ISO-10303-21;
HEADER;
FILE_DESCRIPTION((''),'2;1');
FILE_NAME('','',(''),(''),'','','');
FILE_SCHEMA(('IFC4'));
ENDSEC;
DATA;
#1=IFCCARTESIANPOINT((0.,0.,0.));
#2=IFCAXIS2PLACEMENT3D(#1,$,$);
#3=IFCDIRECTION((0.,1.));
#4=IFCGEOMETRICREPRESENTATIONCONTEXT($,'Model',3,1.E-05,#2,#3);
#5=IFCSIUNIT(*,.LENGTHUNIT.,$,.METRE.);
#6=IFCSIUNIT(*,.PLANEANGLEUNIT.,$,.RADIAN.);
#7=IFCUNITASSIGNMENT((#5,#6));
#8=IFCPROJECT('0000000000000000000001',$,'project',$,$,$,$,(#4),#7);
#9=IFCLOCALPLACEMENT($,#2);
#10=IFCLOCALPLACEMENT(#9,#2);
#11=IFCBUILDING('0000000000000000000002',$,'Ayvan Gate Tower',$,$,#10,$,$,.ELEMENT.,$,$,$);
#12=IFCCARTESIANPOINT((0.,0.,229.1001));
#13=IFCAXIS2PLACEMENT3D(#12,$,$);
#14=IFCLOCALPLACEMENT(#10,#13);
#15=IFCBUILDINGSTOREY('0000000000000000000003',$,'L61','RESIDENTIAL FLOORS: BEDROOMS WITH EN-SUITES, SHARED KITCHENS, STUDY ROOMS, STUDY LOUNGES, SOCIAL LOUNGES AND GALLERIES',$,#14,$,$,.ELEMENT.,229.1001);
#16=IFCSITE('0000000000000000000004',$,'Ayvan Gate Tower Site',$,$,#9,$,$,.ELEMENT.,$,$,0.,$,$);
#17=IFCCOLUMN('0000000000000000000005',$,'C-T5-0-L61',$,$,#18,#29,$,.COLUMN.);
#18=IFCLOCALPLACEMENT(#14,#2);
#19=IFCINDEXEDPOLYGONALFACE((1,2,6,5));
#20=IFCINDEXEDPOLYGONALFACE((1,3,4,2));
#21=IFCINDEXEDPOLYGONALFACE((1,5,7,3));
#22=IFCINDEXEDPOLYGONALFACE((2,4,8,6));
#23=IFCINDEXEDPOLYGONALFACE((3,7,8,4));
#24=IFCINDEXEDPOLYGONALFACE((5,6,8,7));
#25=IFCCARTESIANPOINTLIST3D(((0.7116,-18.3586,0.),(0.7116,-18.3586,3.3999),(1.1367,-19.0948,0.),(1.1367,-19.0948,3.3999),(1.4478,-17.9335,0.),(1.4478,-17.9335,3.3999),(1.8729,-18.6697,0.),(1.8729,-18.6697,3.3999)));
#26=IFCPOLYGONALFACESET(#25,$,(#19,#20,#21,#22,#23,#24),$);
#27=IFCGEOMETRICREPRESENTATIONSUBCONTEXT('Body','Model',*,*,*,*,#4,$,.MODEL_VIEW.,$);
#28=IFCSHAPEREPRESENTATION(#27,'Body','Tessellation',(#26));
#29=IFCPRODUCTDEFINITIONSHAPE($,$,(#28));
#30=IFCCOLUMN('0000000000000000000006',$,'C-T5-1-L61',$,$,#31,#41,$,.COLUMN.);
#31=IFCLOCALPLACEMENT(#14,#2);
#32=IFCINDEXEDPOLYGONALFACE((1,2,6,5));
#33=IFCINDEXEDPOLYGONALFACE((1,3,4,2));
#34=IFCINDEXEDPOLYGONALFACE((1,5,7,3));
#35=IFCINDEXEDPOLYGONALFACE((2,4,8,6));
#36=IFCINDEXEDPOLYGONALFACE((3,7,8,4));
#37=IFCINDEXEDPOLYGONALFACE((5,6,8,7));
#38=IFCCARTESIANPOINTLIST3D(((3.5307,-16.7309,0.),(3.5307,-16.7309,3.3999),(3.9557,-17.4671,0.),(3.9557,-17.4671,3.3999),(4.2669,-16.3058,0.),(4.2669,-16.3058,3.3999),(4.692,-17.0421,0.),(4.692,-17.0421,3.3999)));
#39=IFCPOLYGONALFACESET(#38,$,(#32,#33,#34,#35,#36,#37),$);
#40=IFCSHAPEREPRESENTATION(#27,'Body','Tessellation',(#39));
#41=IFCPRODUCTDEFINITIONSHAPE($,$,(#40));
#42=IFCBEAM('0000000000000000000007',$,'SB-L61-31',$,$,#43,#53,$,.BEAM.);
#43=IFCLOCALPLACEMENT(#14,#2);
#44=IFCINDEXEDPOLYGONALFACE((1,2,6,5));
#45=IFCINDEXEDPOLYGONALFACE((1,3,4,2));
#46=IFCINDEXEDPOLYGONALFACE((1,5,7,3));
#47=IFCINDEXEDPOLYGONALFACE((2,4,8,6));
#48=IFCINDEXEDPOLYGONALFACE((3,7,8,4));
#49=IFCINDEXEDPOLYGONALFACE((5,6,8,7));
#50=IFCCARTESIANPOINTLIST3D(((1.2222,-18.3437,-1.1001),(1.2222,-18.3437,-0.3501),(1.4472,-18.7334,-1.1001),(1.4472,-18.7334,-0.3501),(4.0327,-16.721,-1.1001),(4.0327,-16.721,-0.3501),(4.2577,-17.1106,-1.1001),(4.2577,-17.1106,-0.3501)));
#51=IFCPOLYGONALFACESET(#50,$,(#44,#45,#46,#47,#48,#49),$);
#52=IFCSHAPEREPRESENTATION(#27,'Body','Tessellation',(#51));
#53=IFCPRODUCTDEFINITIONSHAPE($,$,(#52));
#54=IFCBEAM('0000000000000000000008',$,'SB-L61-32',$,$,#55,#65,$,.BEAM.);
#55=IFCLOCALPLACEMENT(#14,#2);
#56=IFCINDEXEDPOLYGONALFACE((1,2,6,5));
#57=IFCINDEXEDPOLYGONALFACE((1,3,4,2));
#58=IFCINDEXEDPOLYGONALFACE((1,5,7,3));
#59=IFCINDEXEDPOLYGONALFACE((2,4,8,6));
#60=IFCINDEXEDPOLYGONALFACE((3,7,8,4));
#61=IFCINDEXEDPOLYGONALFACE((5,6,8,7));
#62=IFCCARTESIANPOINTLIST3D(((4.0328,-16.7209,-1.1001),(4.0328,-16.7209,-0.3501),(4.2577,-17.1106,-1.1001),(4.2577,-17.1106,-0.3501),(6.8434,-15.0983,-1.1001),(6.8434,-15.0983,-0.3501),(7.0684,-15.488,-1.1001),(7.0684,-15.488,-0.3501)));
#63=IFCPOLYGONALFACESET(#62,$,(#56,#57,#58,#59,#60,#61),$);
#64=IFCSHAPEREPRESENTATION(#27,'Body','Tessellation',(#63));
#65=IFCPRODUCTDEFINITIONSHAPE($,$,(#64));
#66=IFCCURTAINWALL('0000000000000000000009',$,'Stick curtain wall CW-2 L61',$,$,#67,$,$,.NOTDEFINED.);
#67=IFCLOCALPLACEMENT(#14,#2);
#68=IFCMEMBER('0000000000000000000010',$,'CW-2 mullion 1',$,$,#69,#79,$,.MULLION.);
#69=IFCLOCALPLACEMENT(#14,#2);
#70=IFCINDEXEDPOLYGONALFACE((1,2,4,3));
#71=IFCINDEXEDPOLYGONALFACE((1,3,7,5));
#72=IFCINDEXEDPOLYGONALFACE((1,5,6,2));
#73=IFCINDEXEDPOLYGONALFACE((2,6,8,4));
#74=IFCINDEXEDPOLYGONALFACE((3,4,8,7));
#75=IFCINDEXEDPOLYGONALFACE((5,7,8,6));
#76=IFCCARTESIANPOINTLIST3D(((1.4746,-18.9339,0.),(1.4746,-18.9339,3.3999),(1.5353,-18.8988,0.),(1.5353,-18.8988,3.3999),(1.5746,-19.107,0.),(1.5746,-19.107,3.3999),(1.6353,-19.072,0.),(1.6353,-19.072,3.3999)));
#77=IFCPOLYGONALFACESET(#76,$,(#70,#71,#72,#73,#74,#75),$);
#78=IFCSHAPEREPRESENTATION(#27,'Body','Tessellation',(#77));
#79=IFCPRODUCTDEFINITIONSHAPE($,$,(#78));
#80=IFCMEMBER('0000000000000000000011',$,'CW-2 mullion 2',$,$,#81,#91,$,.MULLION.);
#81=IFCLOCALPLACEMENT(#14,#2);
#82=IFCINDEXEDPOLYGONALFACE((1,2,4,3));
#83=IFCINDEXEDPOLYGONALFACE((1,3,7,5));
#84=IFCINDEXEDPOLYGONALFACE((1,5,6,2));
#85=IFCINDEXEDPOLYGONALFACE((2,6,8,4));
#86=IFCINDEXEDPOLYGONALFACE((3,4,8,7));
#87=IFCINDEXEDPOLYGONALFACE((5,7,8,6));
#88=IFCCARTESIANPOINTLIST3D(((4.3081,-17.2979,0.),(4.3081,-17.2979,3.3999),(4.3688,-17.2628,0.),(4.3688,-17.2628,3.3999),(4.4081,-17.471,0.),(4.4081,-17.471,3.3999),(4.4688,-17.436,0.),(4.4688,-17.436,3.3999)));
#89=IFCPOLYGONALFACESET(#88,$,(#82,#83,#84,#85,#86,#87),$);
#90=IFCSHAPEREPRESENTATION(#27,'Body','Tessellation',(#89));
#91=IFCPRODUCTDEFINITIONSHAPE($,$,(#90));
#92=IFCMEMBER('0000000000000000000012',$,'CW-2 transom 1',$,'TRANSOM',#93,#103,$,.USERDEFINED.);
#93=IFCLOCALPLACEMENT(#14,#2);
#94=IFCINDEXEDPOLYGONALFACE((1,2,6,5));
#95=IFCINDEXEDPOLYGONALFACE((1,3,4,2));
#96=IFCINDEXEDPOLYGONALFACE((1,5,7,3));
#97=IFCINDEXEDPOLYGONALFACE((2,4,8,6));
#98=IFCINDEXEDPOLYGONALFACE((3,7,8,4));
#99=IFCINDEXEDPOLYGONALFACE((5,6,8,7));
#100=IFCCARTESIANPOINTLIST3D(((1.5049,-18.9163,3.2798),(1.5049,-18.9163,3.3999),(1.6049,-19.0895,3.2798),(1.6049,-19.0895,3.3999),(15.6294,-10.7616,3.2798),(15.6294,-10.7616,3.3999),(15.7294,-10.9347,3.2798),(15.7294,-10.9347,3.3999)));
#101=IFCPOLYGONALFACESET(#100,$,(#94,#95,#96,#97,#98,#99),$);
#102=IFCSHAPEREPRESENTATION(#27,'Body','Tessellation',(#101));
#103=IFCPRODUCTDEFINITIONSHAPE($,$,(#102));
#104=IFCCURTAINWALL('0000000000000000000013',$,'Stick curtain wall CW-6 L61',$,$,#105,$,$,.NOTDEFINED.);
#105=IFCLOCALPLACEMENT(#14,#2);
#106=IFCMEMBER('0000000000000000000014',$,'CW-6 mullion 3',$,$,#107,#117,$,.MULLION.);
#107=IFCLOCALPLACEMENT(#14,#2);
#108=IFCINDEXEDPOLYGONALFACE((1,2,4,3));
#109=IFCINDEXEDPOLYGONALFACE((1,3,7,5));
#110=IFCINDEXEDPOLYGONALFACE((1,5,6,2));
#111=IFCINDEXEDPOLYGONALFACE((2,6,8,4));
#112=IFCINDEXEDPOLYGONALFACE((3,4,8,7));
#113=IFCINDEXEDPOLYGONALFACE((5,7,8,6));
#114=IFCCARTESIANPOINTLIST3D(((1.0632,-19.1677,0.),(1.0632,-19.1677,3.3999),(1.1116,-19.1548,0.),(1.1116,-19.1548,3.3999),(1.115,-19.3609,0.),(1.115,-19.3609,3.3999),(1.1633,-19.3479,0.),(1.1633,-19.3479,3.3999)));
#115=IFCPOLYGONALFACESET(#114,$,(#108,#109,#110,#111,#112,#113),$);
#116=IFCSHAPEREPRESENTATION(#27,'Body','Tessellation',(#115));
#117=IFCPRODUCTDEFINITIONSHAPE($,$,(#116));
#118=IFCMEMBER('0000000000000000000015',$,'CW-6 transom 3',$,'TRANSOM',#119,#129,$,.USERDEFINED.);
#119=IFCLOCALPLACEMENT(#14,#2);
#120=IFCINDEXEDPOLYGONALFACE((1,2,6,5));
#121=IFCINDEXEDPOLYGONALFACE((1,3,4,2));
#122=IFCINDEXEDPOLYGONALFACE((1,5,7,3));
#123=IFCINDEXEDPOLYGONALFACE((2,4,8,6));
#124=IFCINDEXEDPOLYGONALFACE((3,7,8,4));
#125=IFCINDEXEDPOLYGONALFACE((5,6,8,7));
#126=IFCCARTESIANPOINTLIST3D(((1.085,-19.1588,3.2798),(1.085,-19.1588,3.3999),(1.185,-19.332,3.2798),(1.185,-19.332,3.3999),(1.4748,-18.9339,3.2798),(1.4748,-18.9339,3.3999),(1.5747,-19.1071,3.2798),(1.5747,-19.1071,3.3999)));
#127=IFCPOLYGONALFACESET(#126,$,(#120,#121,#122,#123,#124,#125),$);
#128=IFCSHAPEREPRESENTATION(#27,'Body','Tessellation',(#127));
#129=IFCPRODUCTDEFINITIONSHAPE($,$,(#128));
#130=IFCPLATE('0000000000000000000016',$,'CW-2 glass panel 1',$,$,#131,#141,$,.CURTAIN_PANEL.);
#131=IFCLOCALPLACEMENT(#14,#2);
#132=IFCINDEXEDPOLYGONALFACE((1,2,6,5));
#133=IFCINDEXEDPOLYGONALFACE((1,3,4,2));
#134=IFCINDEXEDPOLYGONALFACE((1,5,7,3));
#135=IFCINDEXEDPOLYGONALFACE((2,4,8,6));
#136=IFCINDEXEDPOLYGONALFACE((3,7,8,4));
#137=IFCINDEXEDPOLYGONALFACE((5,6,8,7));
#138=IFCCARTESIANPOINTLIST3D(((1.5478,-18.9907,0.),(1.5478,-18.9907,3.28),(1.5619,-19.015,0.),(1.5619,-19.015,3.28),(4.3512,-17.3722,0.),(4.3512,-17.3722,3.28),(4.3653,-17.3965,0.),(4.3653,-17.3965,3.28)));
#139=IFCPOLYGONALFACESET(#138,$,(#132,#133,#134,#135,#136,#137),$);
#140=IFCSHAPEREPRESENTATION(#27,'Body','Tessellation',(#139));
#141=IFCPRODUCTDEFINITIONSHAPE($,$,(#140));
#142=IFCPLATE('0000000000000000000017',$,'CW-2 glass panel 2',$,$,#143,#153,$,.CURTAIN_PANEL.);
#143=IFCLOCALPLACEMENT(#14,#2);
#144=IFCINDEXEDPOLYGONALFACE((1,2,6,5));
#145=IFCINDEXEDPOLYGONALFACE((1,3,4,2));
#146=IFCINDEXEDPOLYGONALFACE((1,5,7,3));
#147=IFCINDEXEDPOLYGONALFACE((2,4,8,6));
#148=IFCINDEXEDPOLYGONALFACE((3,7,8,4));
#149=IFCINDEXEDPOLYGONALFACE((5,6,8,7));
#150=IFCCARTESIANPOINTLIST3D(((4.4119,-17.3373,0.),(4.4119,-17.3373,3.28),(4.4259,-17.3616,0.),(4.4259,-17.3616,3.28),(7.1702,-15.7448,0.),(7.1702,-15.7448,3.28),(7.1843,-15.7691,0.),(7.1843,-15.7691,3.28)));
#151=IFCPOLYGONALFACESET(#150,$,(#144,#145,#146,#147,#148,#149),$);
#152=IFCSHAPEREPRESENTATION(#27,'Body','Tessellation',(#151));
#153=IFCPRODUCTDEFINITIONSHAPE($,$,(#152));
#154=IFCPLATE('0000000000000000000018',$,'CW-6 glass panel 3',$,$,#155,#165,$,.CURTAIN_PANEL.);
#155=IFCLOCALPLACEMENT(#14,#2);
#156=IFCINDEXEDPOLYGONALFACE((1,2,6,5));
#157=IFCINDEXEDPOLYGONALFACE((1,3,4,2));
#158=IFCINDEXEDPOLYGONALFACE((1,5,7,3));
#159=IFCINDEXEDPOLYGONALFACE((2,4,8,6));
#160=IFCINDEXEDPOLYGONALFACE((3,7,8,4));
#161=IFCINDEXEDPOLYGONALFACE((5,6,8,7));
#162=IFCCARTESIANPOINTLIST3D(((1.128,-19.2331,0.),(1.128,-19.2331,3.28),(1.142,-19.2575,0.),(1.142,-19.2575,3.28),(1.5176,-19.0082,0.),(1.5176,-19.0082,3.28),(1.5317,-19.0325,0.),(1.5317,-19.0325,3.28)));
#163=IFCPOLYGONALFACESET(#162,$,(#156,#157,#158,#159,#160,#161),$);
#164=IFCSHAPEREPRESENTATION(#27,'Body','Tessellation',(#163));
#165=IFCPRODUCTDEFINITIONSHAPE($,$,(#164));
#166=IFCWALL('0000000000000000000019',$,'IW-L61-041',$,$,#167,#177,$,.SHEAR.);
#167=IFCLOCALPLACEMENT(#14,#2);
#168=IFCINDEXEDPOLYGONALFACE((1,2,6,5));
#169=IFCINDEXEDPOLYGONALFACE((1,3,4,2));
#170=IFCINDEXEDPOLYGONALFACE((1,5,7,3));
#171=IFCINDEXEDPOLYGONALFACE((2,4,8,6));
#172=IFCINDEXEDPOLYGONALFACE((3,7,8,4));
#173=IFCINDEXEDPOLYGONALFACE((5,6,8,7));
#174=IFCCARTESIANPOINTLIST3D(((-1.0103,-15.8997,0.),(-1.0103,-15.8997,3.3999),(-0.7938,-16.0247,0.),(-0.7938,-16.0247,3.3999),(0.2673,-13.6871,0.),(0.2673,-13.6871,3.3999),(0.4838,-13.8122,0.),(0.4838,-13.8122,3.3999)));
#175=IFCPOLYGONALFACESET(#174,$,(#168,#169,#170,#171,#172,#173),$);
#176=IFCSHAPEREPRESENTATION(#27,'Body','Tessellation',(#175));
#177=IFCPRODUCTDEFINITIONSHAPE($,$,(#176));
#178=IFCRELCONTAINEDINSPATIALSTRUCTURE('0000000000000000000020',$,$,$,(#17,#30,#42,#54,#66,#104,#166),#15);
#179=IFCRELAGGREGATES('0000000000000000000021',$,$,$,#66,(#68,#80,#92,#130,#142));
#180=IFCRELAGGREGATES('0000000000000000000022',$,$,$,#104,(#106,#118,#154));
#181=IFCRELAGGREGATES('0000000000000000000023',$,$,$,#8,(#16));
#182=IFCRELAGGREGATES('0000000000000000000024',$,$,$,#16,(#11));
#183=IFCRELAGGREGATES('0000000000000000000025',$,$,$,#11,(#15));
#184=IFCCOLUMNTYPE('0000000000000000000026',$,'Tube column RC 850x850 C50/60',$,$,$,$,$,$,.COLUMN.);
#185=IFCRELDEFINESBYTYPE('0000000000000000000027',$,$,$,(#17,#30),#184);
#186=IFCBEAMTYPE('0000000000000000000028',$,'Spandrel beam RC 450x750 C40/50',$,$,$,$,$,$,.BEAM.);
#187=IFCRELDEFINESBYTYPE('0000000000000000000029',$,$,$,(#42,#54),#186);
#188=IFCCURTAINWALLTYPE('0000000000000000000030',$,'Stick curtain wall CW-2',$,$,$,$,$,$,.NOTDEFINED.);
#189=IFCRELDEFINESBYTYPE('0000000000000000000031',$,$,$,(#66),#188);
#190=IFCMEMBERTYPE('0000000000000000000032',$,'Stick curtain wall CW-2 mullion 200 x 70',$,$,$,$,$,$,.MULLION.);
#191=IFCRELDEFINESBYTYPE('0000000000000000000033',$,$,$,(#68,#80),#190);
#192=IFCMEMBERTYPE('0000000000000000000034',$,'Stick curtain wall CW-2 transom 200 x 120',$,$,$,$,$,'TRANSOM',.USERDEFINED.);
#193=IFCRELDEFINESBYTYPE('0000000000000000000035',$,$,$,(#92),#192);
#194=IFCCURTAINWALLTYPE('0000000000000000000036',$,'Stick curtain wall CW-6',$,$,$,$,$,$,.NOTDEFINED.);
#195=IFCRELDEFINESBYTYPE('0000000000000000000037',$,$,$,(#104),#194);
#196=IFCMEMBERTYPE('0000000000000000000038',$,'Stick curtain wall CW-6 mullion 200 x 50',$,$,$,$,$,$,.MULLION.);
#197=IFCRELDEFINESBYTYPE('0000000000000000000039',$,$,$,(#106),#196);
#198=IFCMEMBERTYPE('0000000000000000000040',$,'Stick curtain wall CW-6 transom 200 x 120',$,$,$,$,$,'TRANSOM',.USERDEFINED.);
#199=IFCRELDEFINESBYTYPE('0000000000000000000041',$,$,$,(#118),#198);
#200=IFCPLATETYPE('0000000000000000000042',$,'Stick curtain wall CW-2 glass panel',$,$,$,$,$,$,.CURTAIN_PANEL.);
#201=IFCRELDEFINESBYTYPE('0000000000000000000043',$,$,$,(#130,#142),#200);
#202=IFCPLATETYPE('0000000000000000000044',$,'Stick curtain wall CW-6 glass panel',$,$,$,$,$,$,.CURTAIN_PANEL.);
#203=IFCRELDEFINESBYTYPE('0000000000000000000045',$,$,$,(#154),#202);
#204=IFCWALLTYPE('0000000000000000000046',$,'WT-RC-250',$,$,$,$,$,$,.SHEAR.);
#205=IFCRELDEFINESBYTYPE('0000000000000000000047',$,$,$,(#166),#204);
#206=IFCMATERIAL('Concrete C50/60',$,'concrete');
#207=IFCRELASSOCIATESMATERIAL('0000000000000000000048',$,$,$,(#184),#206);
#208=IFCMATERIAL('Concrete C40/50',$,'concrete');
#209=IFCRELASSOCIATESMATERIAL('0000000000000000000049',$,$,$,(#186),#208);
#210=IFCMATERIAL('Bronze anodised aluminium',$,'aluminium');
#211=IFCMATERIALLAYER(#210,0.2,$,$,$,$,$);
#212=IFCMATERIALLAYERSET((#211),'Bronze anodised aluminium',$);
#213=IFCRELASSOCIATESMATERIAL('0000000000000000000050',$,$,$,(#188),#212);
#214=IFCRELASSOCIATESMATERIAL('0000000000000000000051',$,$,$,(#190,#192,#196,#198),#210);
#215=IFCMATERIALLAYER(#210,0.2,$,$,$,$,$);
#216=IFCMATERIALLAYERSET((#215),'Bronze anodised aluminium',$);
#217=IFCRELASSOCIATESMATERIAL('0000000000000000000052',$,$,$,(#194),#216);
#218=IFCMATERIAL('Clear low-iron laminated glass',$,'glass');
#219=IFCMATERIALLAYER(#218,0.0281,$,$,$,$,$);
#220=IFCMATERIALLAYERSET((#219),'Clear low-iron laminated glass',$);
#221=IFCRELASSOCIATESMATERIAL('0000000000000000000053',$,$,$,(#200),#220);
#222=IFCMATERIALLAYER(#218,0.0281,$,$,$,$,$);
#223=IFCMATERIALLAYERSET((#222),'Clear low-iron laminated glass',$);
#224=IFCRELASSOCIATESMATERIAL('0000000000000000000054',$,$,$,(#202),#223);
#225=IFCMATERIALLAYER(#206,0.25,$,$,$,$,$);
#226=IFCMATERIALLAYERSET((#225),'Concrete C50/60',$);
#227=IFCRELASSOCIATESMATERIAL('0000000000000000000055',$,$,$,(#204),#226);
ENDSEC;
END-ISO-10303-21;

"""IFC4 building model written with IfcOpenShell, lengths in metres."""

from ifc_helpers import new_model, si_unit, direction, frame, frame_2d, origin, origin_2d, place, context, subcontext, project, spatial, rectangle, extrude, material, layer, layer_set, material_profile, profile_set, type_object, element, aggregate, save


model = new_model("IFC4")

# Units and contexts
model_context = context("Model", 3, precision=1e-05, world=origin(), true_north=direction((0.0, 1.0)))
body_context = subcontext(model_context, "Body", "Model", "MODEL_VIEW")
ifc_project = project(units=[si_unit("LENGTHUNIT", "METRE"), si_unit("PLANEANGLEUNIT", "RADIAN")], contexts=[model_context])

# Site, building, storey
site_placement = place(None, origin())
site = spatial("IfcSite", under=ifc_project, at=site_placement, Name="Ayvan Gate Tower Site", CompositionType="ELEMENT", RefElevation=0.0)
building_placement = place(site_placement, origin())
building = spatial("IfcBuilding", under=site, at=building_placement, Name="Ayvan Gate Tower", CompositionType="ELEMENT")
storey_placement = place(building_placement, frame((0.0, 0.0, 229.1001)))
storey = spatial("IfcBuildingStorey", under=building, at=storey_placement, Name="L61", Description="RESIDENTIAL FLOORS: BEDROOMS WITH EN-SUITES, SHARED KITCHENS, STUDY ROOMS, STUDY LOUNGES, SOCIAL LOUNGES AND GALLERIES", CompositionType="ELEMENT", Elevation=229.1001)

# Columns
ifc_material_1 = material(Name="Concrete C50/60", Category="concrete")
ifc_material_profile_1 = material_profile(ifc_material_1, rectangle(XDim=0.8501, YDim=0.8501, at=origin_2d()), Name="RC 850x850")
ifc_profile_set_1 = profile_set([ifc_material_profile_1], Name="Concrete C50/60")
column_type = type_object("IfcColumnType", Name="Tube column RC 850x850 C50/60", PredefinedType="COLUMN", material=ifc_profile_set_1)
for number, where, z_axis, x_axis, name in (
    (1, (1.2922, -18.5142, 0.0), (0.0, 0.0, 1.0), (0.5, -0.866025, 0.0), "C-T5-0-L61"),
    (2, (4.1113, -16.8865, 0.0), (0.0, 0.0, 1.0), (0.5, -0.866025, 0.0), "C-T5-1-L61"),
):
    element("IfcColumn", number, at=place(storey_placement, frame(where, z_axis=z_axis, x_axis=x_axis)), inside=storey, type_object=column_type, Name=name, PredefinedType="COLUMN", context=body_context, shape_type="SweptSolid", body=[
        extrude(rectangle(XDim=0.8501, YDim=0.8501, at=origin_2d()), origin(), (0.0, 0.0, 1.0), 3.3999),
    ])

# Beams
ifc_material_2 = material(Name="Concrete C40/50", Category="concrete")
ifc_material_profile_2 = material_profile(ifc_material_2, rectangle(XDim=0.45, YDim=0.75, at=origin_2d()), Name="RC 450x750")
ifc_profile_set_2 = profile_set([ifc_material_profile_2], Name="Concrete C40/50")
beam_type = type_object("IfcBeamType", Name="Spandrel beam RC 450x750 C40/50", PredefinedType="BEAM", material=ifc_profile_set_2)
for number, where, z_axis, x_axis, name in (
    (3, (1.3347, -18.5386, -0.7251), (0.866008, 0.500031, 0.0), (-0.500031, 0.866008, 0.0), "SB-L61-31"),
    (4, (4.1453, -16.9158, -0.7251), (0.86604, 0.499974, 0.0), (-0.499974, 0.86604, 0.0), "SB-L61-32"),
):
    element("IfcBeam", number, at=place(storey_placement, frame(where, z_axis=z_axis, x_axis=x_axis)), inside=storey, type_object=beam_type, Name=name, PredefinedType="BEAM", context=body_context, shape_type="SweptSolid", body=[
        extrude(rectangle(XDim=0.45, YDim=0.75, at=origin_2d()), origin(), (0.0, 0.0, 1.0), 3.2454),
    ])

# Curtain walls, members
ifc_material_3 = material(Name="Bronze anodised aluminium", Category="aluminium")
ifc_layer_1 = layer(ifc_material_3, 0.2)
ifc_layer_set_1 = layer_set([ifc_layer_1], Name="Bronze anodised aluminium")
curtain_wall_type_1 = type_object("IfcCurtainWallType", Name="Stick curtain wall CW-2", PredefinedType="NOTDEFINED", material=ifc_layer_set_1)
curtain_wall_1_placement = place(storey_placement, origin())
curtain_wall_1 = element("IfcCurtainWall", 5, at=curtain_wall_1_placement, inside=storey, type_object=curtain_wall_type_1, Name="Stick curtain wall CW-2 L61", PredefinedType="NOTDEFINED")
ifc_material_profile_3 = material_profile(ifc_material_3, rectangle(XDim=0.2, YDim=0.0701, at=origin_2d()), Name="Stick curtain wall CW-2 mullion 200 x 70")
ifc_profile_set_3 = profile_set([ifc_material_profile_3], Name="Bronze anodised aluminium")
member_type_1 = type_object("IfcMemberType", Name="Stick curtain wall CW-2 mullion 200 x 70", PredefinedType="MULLION", material=ifc_profile_set_3)
member_1_placement = place(storey_placement, frame((1.5549, -19.0029, 0.0), z_axis=(0.0, 0.0, 1.0), x_axis=(0.5, -0.866025, 0.0)))
member_1 = element("IfcMember", 6, at=member_1_placement, type_object=member_type_1, Name="CW-2 mullion 1", PredefinedType="MULLION", context=body_context, shape_type="SweptSolid", body=[
    extrude(rectangle(XDim=0.2, YDim=0.0701, at=origin_2d()), origin(), (0.0, 0.0, 1.0), 3.3999),
])
member_2_placement = place(storey_placement, frame((4.3884, -17.3669, 0.0), z_axis=(0.0, 0.0, 1.0), x_axis=(0.5, -0.866025, 0.0)))
member_2 = element("IfcMember", 7, at=member_2_placement, type_object=member_type_1, Name="CW-2 mullion 2", PredefinedType="MULLION", context=body_context, shape_type="SweptSolid", body=[
    extrude(rectangle(XDim=0.2, YDim=0.0701, at=origin_2d()), origin(), (0.0, 0.0, 1.0), 3.3999),
])
ifc_material_profile_4 = material_profile(ifc_material_3, rectangle(XDim=0.2, YDim=0.1201, at=origin_2d()), Name="Stick curtain wall CW-2 transom 200 x 120")
ifc_profile_set_4 = profile_set([ifc_material_profile_4], Name="Bronze anodised aluminium")
member_type_2 = type_object("IfcMemberType", Name="Stick curtain wall CW-2 transom 200 x 120", ElementType="TRANSOM", PredefinedType="USERDEFINED", material=ifc_profile_set_4)
member_3_placement = place(storey_placement, frame((1.5549, -19.0029, 3.3398), z_axis=(0.866026, 0.5, 0.0), x_axis=(-0.5, 0.866026, 0.0)))
member_3 = element("IfcMember", 8, at=member_3_placement, type_object=member_type_2, Name="CW-2 transom 1", ObjectType="TRANSOM", PredefinedType="USERDEFINED", context=body_context, shape_type="SweptSolid", body=[
    extrude(rectangle(XDim=0.2, YDim=0.1201, at=origin_2d()), origin(), (0.0, 0.0, 1.0), 16.3096),
])
ifc_layer_2 = layer(ifc_material_3, 0.2)
ifc_layer_set_2 = layer_set([ifc_layer_2], Name="Bronze anodised aluminium")
curtain_wall_type_2 = type_object("IfcCurtainWallType", Name="Stick curtain wall CW-6", PredefinedType="NOTDEFINED", material=ifc_layer_set_2)
curtain_wall_2_placement = place(storey_placement, origin())
curtain_wall_2 = element("IfcCurtainWall", 9, at=curtain_wall_2_placement, inside=storey, type_object=curtain_wall_type_2, Name="Stick curtain wall CW-6 L61", PredefinedType="NOTDEFINED")
ifc_material_profile_5 = material_profile(ifc_material_3, rectangle(XDim=0.2, YDim=0.05, at=origin_2d()), Name="Stick curtain wall CW-6 mullion 200 x 50")
ifc_profile_set_5 = profile_set([ifc_material_profile_5], Name="Bronze anodised aluminium")
member_type_3 = type_object("IfcMemberType", Name="Stick curtain wall CW-6 mullion 200 x 50", PredefinedType="MULLION", material=ifc_profile_set_5)
member_4_placement = place(storey_placement, frame((1.1133, -19.2578, 0.0), z_axis=(0.0, 0.0, 1.0), x_axis=(0.258819, -0.965926, 0.0)))
member_4 = element("IfcMember", 10, at=member_4_placement, type_object=member_type_3, Name="CW-6 mullion 3", PredefinedType="MULLION", context=body_context, shape_type="SweptSolid", body=[
    extrude(rectangle(XDim=0.2, YDim=0.05, at=origin_2d()), origin(), (0.0, 0.0, 1.0), 3.3999),
])
ifc_material_profile_6 = material_profile(ifc_material_3, rectangle(XDim=0.2, YDim=0.1201, at=origin_2d()), Name="Stick curtain wall CW-6 transom 200 x 120")
ifc_profile_set_6 = profile_set([ifc_material_profile_6], Name="Bronze anodised aluminium")
member_type_4 = type_object("IfcMemberType", Name="Stick curtain wall CW-6 transom 200 x 120", ElementType="TRANSOM", PredefinedType="USERDEFINED", material=ifc_profile_set_6)
member_5_placement = place(storey_placement, frame((1.135, -19.2454, 3.3398), z_axis=(0.866131, 0.499816, 0.0), x_axis=(-0.499816, 0.866131, 0.0)))
member_5 = element("IfcMember", 11, at=member_5_placement, type_object=member_type_4, Name="CW-6 transom 3", ObjectType="TRANSOM", PredefinedType="USERDEFINED", context=body_context, shape_type="SweptSolid", body=[
    extrude(rectangle(XDim=0.2, YDim=0.1201, at=origin_2d()), origin(), (0.0, 0.0, 1.0), 0.45),
])

# Plates
ifc_material_4 = material(Name="Clear low-iron laminated glass", Category="glass")
ifc_layer_3 = layer(ifc_material_4, 0.0281)
ifc_layer_set_3 = layer_set([ifc_layer_3], Name="Clear low-iron laminated glass")
plate_type_1 = type_object("IfcPlateType", Name="Stick curtain wall CW-2 glass panel", PredefinedType="CURTAIN_PANEL", material=ifc_layer_set_3)
plate_1_placement = place(storey_placement, frame((2.9565, -18.1936, 0.0), z_axis=(0.0, 0.0, 1.0), x_axis=(0.866025, 0.5, 0.0)))
plate_1 = element("IfcPlate", 12, at=plate_1_placement, type_object=plate_type_1, Name="CW-2 glass panel 1", PredefinedType="CURTAIN_PANEL", context=body_context, shape_type="SweptSolid", body=[
    extrude(rectangle(XDim=3.2371, YDim=0.0281, at=origin_2d()), origin(), (0.0, 0.0, 1.0), 3.28),
])
plate_2_placement = place(storey_placement, frame((5.7981, -16.5532, 0.0), z_axis=(0.0, 0.0, 1.0), x_axis=(0.866025, 0.5, 0.0)))
plate_2 = element("IfcPlate", 13, at=plate_2_placement, type_object=plate_type_1, Name="CW-2 glass panel 2", PredefinedType="CURTAIN_PANEL", context=body_context, shape_type="SweptSolid", body=[
    extrude(rectangle(XDim=3.1851, YDim=0.0281, at=origin_2d()), origin(), (0.0, 0.0, 1.0), 3.28),
])
aggregate(curtain_wall_1, [member_1, member_2, member_3, plate_1, plate_2])
ifc_layer_4 = layer(ifc_material_4, 0.0281)
ifc_layer_set_4 = layer_set([ifc_layer_4], Name="Clear low-iron laminated glass")
plate_type_2 = type_object("IfcPlateType", Name="Stick curtain wall CW-6 glass panel", PredefinedType="CURTAIN_PANEL", material=ifc_layer_set_4)
plate_3_placement = place(storey_placement, frame((1.3298, -19.1328, 0.0), z_axis=(0.0, 0.0, 1.0), x_axis=(0.866025, 0.5, 0.0)))
plate_3 = element("IfcPlate", 14, at=plate_3_placement, type_object=plate_type_2, Name="CW-6 glass panel 3", PredefinedType="CURTAIN_PANEL", context=body_context, shape_type="SweptSolid", body=[
    extrude(rectangle(XDim=0.45, YDim=0.0281, at=origin_2d()), origin(), (0.0, 0.0, 1.0), 3.28),
])
aggregate(curtain_wall_2, [member_4, member_5, plate_3])

# Wall
ifc_layer_5 = layer(ifc_material_1, 0.25)
ifc_layer_set_5 = layer_set([ifc_layer_5], Name="Concrete C50/60")
wall_type = type_object("IfcWallType", Name="WT-RC-250", PredefinedType="SHEAR", material=ifc_layer_set_5)
wall_1_placement = place(storey_placement, frame((0.3755, -13.7498, 0.0), z_axis=(0.0, 0.0, 1.0), x_axis=(-0.500034, -0.866006, 0.0)))
element("IfcWall", 15, at=wall_1_placement, inside=storey, type_object=wall_type, Name="IW-L61-041", PredefinedType="SHEAR", context=body_context, shape_type="SweptSolid", body=[
    extrude(rectangle(XDim=2.5549, YDim=0.25, at=frame_2d((1.2773, 0.0))), origin(), (0.0, 0.0, 1.0), 3.3999),
])

save(model, "model.ifc")
